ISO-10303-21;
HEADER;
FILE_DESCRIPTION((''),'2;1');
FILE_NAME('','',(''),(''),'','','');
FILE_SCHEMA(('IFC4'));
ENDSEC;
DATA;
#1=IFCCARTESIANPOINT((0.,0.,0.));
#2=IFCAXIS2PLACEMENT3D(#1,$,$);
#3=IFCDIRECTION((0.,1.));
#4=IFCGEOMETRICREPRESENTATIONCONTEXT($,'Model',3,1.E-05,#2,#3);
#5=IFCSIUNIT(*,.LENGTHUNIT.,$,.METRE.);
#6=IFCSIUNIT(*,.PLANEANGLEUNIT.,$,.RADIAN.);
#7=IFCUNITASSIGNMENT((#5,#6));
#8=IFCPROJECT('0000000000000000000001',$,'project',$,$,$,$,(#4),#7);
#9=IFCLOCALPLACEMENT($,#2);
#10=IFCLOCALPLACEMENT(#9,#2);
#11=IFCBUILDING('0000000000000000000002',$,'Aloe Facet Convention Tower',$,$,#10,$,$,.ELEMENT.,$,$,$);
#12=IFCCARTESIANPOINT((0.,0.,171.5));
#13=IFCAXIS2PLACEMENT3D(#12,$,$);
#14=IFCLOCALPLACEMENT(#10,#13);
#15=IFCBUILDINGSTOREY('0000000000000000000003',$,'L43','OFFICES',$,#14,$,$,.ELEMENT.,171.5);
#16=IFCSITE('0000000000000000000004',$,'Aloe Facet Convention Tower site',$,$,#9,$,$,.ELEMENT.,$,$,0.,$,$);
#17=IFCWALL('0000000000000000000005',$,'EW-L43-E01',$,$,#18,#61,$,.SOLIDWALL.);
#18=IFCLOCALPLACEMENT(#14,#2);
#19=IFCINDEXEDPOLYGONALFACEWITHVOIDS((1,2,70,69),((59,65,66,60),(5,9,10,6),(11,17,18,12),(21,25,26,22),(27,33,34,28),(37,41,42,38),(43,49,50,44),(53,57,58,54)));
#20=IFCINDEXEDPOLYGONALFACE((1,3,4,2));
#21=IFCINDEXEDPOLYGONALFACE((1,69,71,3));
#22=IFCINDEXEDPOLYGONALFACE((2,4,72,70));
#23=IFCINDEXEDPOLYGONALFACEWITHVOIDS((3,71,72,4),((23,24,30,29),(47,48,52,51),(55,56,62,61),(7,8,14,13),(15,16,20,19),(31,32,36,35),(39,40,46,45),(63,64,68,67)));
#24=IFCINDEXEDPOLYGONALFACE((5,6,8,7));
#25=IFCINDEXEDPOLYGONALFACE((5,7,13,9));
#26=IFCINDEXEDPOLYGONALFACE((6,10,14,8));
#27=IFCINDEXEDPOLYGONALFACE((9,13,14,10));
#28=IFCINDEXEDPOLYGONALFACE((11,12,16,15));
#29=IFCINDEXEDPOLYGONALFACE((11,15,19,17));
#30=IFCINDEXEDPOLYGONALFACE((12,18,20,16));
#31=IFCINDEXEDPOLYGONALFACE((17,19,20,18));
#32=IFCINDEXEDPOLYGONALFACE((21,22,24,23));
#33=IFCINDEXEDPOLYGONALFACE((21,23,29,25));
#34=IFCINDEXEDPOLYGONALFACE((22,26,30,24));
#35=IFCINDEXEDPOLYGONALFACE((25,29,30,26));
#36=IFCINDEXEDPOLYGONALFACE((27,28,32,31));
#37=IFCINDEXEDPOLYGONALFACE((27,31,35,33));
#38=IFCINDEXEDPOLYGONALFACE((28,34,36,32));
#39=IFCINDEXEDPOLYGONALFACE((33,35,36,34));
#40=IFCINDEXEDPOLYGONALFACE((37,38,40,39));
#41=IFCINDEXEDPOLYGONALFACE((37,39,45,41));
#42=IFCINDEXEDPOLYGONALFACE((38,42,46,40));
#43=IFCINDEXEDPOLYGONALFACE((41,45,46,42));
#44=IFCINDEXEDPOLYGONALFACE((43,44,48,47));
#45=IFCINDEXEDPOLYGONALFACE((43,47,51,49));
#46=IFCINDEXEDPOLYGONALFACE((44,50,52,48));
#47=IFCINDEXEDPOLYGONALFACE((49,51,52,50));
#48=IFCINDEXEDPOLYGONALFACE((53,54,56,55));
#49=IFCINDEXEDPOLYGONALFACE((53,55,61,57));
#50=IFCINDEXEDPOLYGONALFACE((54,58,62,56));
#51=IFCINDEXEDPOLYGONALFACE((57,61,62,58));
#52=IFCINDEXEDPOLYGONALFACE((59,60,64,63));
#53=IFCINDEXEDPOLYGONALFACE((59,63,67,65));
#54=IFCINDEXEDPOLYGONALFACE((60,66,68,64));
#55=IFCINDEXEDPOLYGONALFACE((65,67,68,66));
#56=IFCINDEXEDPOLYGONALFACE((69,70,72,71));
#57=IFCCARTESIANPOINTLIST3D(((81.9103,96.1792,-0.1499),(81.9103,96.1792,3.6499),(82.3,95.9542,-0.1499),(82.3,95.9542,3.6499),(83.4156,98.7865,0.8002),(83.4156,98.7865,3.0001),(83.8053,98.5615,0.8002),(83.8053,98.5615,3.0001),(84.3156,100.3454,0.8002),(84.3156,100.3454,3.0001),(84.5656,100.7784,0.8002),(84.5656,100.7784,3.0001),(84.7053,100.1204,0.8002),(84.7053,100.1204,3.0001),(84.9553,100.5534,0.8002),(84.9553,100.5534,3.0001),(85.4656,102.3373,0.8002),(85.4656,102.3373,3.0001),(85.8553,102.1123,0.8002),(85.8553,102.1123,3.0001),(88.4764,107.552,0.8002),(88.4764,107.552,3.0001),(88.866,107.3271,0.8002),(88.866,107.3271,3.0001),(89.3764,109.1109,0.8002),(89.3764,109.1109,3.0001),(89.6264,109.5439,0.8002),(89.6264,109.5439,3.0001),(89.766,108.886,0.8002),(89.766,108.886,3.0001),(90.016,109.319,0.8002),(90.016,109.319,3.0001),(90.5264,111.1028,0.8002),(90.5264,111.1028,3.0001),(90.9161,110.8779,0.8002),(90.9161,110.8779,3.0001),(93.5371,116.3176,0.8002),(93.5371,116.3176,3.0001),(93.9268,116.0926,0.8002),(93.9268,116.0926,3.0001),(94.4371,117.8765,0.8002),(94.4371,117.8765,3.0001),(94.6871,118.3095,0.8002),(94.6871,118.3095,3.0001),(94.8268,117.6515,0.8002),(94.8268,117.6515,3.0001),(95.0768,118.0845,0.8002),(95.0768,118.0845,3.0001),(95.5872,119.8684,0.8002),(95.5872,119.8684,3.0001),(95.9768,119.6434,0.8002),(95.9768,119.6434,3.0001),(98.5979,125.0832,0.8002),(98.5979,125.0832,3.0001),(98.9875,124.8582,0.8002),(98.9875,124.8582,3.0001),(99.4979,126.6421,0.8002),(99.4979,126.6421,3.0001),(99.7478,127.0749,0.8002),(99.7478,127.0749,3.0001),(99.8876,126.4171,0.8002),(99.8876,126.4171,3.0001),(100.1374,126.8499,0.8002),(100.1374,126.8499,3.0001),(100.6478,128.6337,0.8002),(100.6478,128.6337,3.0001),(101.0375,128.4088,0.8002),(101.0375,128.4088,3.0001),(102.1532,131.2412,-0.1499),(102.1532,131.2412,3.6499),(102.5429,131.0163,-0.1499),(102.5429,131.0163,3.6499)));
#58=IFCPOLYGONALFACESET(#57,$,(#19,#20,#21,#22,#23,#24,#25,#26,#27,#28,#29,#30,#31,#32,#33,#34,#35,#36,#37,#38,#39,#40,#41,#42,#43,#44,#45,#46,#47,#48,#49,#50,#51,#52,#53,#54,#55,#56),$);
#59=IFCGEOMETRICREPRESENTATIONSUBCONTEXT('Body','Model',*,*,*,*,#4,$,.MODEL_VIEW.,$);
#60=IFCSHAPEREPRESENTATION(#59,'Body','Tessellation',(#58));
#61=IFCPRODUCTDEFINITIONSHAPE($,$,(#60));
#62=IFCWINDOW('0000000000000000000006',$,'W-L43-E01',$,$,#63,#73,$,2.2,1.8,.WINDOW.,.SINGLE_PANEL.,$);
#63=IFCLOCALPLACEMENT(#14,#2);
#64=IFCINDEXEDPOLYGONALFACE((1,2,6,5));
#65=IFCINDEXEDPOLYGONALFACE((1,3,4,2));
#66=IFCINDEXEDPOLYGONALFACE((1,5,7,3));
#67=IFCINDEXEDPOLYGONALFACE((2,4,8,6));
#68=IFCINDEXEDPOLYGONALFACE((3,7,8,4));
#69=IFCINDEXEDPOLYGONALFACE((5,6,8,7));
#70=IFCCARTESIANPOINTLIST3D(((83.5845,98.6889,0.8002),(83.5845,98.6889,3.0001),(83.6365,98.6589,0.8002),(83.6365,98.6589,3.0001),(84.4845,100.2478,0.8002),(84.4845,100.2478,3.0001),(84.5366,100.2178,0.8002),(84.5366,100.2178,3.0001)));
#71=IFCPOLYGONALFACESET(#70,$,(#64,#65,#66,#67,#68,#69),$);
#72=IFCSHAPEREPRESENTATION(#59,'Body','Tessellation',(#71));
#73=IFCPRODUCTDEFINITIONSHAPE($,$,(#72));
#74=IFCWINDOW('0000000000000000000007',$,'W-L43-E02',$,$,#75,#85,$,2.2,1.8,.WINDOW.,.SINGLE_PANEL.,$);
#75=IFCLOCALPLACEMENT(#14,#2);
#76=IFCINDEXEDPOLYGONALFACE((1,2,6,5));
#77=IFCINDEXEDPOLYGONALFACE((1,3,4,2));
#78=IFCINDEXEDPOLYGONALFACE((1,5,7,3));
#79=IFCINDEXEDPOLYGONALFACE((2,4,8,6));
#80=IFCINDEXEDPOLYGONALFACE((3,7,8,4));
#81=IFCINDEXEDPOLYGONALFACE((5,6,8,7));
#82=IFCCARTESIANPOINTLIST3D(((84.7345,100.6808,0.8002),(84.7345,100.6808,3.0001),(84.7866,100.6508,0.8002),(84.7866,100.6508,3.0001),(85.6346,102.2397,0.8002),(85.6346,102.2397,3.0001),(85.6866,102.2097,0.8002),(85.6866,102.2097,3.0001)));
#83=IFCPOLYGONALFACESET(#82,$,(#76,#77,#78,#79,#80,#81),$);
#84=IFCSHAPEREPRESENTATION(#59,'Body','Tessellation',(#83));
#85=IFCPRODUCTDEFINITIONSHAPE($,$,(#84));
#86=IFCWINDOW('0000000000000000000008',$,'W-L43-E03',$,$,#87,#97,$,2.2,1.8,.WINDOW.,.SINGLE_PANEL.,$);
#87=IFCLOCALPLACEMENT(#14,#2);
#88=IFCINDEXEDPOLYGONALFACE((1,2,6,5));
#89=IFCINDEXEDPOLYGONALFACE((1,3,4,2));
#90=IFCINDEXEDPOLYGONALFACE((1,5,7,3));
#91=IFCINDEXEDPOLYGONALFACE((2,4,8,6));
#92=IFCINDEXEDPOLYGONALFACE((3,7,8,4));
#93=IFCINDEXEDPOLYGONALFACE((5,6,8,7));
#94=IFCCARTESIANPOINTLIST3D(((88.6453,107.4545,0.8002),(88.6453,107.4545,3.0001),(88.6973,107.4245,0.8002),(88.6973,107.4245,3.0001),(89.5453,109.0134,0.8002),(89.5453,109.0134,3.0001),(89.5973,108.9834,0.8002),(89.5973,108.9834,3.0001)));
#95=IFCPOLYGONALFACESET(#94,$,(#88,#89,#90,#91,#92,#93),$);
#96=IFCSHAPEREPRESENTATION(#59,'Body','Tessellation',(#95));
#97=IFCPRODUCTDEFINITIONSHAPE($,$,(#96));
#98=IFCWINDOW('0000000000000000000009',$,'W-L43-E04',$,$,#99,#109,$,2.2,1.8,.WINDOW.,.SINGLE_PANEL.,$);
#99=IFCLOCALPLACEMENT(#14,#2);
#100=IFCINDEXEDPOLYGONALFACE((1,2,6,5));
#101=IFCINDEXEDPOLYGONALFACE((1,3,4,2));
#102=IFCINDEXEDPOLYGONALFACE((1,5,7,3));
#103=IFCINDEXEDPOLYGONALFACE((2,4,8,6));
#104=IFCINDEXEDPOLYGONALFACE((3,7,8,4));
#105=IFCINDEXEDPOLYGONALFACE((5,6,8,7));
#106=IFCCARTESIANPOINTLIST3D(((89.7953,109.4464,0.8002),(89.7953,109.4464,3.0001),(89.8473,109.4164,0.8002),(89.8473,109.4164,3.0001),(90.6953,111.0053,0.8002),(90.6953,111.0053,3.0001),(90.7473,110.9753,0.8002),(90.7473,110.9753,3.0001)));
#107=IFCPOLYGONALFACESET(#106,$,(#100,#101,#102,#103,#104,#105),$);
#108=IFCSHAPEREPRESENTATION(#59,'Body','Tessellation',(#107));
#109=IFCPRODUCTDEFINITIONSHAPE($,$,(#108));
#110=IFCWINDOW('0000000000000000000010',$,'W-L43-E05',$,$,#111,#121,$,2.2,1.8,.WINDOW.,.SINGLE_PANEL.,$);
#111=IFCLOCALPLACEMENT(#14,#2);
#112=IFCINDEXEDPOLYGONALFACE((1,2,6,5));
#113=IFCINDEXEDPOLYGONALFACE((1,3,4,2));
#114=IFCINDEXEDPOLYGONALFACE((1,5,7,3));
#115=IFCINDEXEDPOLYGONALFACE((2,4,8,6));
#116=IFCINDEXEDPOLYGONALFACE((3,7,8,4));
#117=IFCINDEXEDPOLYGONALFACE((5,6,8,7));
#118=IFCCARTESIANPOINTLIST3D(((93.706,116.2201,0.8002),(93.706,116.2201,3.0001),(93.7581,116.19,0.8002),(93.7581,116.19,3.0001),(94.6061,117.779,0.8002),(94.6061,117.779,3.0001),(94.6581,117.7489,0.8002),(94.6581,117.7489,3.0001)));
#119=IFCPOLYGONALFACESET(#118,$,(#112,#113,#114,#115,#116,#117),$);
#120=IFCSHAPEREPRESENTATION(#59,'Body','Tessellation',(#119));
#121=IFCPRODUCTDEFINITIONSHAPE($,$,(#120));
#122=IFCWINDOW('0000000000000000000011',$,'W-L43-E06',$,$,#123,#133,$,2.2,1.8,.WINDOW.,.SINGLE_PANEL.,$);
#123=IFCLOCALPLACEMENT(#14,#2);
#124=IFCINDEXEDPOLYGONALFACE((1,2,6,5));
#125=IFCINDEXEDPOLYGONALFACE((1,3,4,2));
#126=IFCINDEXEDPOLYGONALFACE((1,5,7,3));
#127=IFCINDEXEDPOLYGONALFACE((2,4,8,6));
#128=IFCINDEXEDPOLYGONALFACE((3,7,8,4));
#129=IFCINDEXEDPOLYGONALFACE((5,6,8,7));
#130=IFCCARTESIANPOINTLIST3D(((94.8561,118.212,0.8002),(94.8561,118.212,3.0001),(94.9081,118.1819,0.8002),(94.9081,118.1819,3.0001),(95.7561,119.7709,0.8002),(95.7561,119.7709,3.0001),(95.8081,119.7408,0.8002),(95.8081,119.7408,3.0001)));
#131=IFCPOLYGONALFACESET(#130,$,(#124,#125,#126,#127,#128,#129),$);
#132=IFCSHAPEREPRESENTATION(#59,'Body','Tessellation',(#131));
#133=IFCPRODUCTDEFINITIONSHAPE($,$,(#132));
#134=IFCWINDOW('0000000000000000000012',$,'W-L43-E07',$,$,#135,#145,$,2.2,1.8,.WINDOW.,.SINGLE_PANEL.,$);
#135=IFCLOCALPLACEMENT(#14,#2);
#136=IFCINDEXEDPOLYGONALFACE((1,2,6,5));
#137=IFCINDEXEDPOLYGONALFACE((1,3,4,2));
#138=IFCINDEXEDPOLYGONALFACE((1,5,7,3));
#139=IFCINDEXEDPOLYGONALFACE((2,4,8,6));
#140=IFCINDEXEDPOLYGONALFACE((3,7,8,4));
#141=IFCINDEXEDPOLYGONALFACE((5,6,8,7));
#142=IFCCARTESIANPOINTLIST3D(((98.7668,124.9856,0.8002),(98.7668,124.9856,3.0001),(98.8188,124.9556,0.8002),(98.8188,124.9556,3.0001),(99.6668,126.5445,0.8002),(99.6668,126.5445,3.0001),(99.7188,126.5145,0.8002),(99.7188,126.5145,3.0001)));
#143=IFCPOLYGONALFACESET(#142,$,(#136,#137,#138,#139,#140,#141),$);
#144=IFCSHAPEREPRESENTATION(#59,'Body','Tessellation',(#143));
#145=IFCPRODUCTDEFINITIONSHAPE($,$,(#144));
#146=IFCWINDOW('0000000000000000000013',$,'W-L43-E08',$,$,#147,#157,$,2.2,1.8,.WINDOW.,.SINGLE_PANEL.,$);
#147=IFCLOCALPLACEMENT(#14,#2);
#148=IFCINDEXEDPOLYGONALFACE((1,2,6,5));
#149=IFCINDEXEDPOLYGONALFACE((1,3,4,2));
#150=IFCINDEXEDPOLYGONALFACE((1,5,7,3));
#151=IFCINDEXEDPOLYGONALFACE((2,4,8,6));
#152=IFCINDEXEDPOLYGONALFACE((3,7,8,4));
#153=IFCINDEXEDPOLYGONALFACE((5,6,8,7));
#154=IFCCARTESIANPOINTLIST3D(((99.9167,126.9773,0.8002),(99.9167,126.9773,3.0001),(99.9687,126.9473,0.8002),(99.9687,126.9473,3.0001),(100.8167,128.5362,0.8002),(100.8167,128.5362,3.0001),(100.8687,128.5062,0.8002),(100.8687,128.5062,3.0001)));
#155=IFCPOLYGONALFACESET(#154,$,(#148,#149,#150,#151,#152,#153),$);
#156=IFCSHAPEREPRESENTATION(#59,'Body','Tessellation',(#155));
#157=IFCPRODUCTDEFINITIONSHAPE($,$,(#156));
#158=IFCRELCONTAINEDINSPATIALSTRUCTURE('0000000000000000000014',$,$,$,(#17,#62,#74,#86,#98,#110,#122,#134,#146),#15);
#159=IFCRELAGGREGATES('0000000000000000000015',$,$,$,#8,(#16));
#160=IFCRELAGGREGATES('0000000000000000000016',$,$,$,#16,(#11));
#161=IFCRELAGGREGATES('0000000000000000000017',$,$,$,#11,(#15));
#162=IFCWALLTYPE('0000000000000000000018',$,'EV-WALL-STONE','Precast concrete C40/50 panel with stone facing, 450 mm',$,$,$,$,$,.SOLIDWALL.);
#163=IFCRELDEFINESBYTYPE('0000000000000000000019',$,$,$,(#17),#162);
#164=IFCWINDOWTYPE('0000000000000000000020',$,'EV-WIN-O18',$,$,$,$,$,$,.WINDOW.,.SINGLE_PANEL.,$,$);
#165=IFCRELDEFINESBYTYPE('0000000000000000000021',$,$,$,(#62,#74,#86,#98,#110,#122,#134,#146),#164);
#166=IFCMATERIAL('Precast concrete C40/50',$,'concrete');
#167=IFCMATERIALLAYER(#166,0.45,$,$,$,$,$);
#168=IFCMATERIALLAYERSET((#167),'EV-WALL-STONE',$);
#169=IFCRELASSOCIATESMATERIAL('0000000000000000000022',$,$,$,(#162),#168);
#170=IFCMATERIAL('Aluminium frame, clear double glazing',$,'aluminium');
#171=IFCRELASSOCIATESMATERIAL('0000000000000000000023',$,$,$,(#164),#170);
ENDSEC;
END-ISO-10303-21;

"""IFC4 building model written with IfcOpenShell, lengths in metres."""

from ifc_helpers import new_model, si_unit, direction, frame, frame_2d, origin, place, context, subcontext, project, spatial, polyline, rectangle, outline, extrude, material, layer, layer_set, type_object, element, fill, save


model = new_model("IFC4")

# Units and contexts
model_context = context("Model", 3, precision=1e-05, world=origin(), true_north=direction((0.0, 1.0)))
body_context = subcontext(model_context, "Body", "Model", "MODEL_VIEW")
ifc_project = project(units=[si_unit("LENGTHUNIT", "METRE"), si_unit("PLANEANGLEUNIT", "RADIAN")], contexts=[model_context])

# Site, building, storey
site_placement = place(None, origin())
site = spatial("IfcSite", under=ifc_project, at=site_placement, Name="Aloe Facet Convention Tower site", CompositionType="ELEMENT", RefElevation=0.0)
building_placement = place(site_placement, origin())
building = spatial("IfcBuilding", under=site, at=building_placement, Name="Aloe Facet Convention Tower", CompositionType="ELEMENT")
storey_placement = place(building_placement, frame((0.0, 0.0, 171.5)))
storey = spatial("IfcBuildingStorey", under=building, at=storey_placement, Name="L43", Description="OFFICES", CompositionType="ELEMENT", Elevation=171.5)

# Wall, openings, windows
ifc_material_1 = material(Name="Precast concrete C40/50", Category="concrete")
ifc_layer_1 = layer(ifc_material_1, 0.45)
ifc_layer_set_1 = layer_set([ifc_layer_1], Name="EV-WALL-STONE")
wall_type_1 = type_object("IfcWallType", Name="EV-WALL-STONE", Description="Precast concrete C40/50 panel with stone facing, 450 mm", PredefinedType="SOLIDWALL", material=ifc_layer_set_1)
wall_1_placement = place(storey_placement, frame((82.1052, 96.0667, -0.1499), z_axis=(0.0, 0.0, 1.0), x_axis=(0.499997, 0.866027, 0.0)))
wall_1 = element("IfcWall", 1, at=wall_1_placement, inside=storey, type_object=wall_type_1, Name="EW-L43-E01", PredefinedType="SOLIDWALL", context=body_context, shape_type="SweptSolid", body=[
    extrude(outline(polyline([(40.4861, 0.0), (40.4861, 3.7998), (0.0, 3.7998), (0.0, 0.0), (40.4861, 0.0)])), frame((0.0, 0.2251, 0.0), z_axis=(0.0, -1.0, 0.0), x_axis=(1.0, 0.0, 0.0)), (0.0, 0.0, 1.0), 0.45),
])
opening_1_placement = place(wall_1_placement, frame((3.0107, 0.0, 0.95)))
opening_1 = element("IfcOpeningElement", 2, at=opening_1_placement, cuts=wall_1, PredefinedType="OPENING", context=body_context, shape_type="SweptSolid", body=[
    extrude(rectangle(XDim=1.8, YDim=2.2, at=frame_2d((0.8999, 1.1001))), frame((0.0, 0.2349, 0.0), z_axis=(0.0, -1.0, 0.0), x_axis=(1.0, 0.0, 0.0)), (0.0, 0.0, 1.0), 0.47),
])
opening_2_placement = place(wall_1_placement, frame((5.3108, 0.0, 0.95)))
opening_2 = element("IfcOpeningElement", 3, at=opening_2_placement, cuts=wall_1, PredefinedType="OPENING", context=body_context, shape_type="SweptSolid", body=[
    extrude(rectangle(XDim=1.8, YDim=2.2, at=frame_2d((0.8999, 1.1001))), frame((0.0, 0.2349, 0.0), z_axis=(0.0, -1.0, 0.0), x_axis=(1.0, 0.0, 0.0)), (0.0, 0.0, 1.0), 0.47),
])
opening_3_placement = place(wall_1_placement, frame((13.1323, 0.0, 0.95)))
opening_3 = element("IfcOpeningElement", 4, at=opening_3_placement, cuts=wall_1, PredefinedType="OPENING", context=body_context, shape_type="SweptSolid", body=[
    extrude(rectangle(XDim=1.8, YDim=2.2, at=frame_2d((0.8999, 1.1001))), frame((0.0, 0.2349, 0.0), z_axis=(0.0, -1.0, 0.0), x_axis=(1.0, 0.0, 0.0)), (0.0, 0.0, 1.0), 0.47),
])
opening_4_placement = place(wall_1_placement, frame((15.4324, 0.0, 0.95)))
opening_4 = element("IfcOpeningElement", 5, at=opening_4_placement, cuts=wall_1, PredefinedType="OPENING", context=body_context, shape_type="SweptSolid", body=[
    extrude(rectangle(XDim=1.8, YDim=2.2, at=frame_2d((0.8999, 1.1001))), frame((0.0, 0.2349, 0.0), z_axis=(0.0, -1.0, 0.0), x_axis=(1.0, 0.0, 0.0)), (0.0, 0.0, 1.0), 0.47),
])
opening_5_placement = place(wall_1_placement, frame((23.2539, 0.0, 0.95)))
opening_5 = element("IfcOpeningElement", 6, at=opening_5_placement, cuts=wall_1, PredefinedType="OPENING", context=body_context, shape_type="SweptSolid", body=[
    extrude(rectangle(XDim=1.8, YDim=2.2, at=frame_2d((0.8999, 1.1001))), frame((0.0, 0.2349, 0.0), z_axis=(0.0, -1.0, 0.0), x_axis=(1.0, 0.0, 0.0)), (0.0, 0.0, 1.0), 0.47),
])
opening_6_placement = place(wall_1_placement, frame((25.554, 0.0, 0.95)))
opening_6 = element("IfcOpeningElement", 7, at=opening_6_placement, cuts=wall_1, PredefinedType="OPENING", context=body_context, shape_type="SweptSolid", body=[
    extrude(rectangle(XDim=1.8, YDim=2.2, at=frame_2d((0.8999, 1.1001))), frame((0.0, 0.2349, 0.0), z_axis=(0.0, -1.0, 0.0), x_axis=(1.0, 0.0, 0.0)), (0.0, 0.0, 1.0), 0.47),
])
opening_7_placement = place(wall_1_placement, frame((33.3755, 0.0, 0.95)))
opening_7 = element("IfcOpeningElement", 8, at=opening_7_placement, cuts=wall_1, PredefinedType="OPENING", context=body_context, shape_type="SweptSolid", body=[
    extrude(rectangle(XDim=1.8, YDim=2.2, at=frame_2d((0.8999, 1.1001))), frame((0.0, 0.2349, 0.0), z_axis=(0.0, -1.0, 0.0), x_axis=(1.0, 0.0, 0.0)), (0.0, 0.0, 1.0), 0.47),
])
opening_8_placement = place(wall_1_placement, frame((35.6753, 0.0, 0.95)))
opening_8 = element("IfcOpeningElement", 9, at=opening_8_placement, cuts=wall_1, PredefinedType="OPENING", context=body_context, shape_type="SweptSolid", body=[
    extrude(rectangle(XDim=1.8, YDim=2.2, at=frame_2d((0.8999, 1.1001))), frame((0.0, 0.2349, 0.0), z_axis=(0.0, -1.0, 0.0), x_axis=(1.0, 0.0, 0.0)), (0.0, 0.0, 1.0), 0.47),
])
ifc_material_2 = material(Name="Aluminium frame, clear double glazing", Category="aluminium")
window_type = type_object("IfcWindowType", Name="EV-WIN-O18", PartitioningType="SINGLE_PANEL", PredefinedType="WINDOW", material=ifc_material_2)
window_1_placement = place(opening_1_placement, origin())
window_1 = element("IfcWindow", 10, at=window_1_placement, inside=storey, type_object=window_type, Name="W-L43-E01", OverallHeight=2.2, OverallWidth=1.8, PartitioningType="SINGLE_PANEL", PredefinedType="WINDOW", context=body_context, shape_type="SweptSolid", body=[
    extrude(rectangle(XDim=1.8, YDim=2.2, at=frame_2d((0.8999, 1.1001))), frame((0.0, 0.03, 0.0), z_axis=(0.0, -1.0, 0.0), x_axis=(1.0, 0.0, 0.0)), (0.0, 0.0, 1.0), 0.0601),
])
fill(opening_1, window_1)
window_2_placement = place(opening_2_placement, origin())
window_2 = element("IfcWindow", 11, at=window_2_placement, inside=storey, type_object=window_type, Name="W-L43-E02", OverallHeight=2.2, OverallWidth=1.8, PartitioningType="SINGLE_PANEL", PredefinedType="WINDOW", context=body_context, shape_type="SweptSolid", body=[
    extrude(rectangle(XDim=1.8, YDim=2.2, at=frame_2d((0.8999, 1.1001))), frame((0.0, 0.03, 0.0), z_axis=(0.0, -1.0, 0.0), x_axis=(1.0, 0.0, 0.0)), (0.0, 0.0, 1.0), 0.0601),
])
fill(opening_2, window_2)
window_3_placement = place(opening_3_placement, origin())
window_3 = element("IfcWindow", 12, at=window_3_placement, inside=storey, type_object=window_type, Name="W-L43-E03", OverallHeight=2.2, OverallWidth=1.8, PartitioningType="SINGLE_PANEL", PredefinedType="WINDOW", context=body_context, shape_type="SweptSolid", body=[
    extrude(rectangle(XDim=1.8, YDim=2.2, at=frame_2d((0.8999, 1.1001))), frame((0.0, 0.03, 0.0), z_axis=(0.0, -1.0, 0.0), x_axis=(1.0, 0.0, 0.0)), (0.0, 0.0, 1.0), 0.0601),
])
fill(opening_3, window_3)
window_4_placement = place(opening_4_placement, origin())
window_4 = element("IfcWindow", 13, at=window_4_placement, inside=storey, type_object=window_type, Name="W-L43-E04", OverallHeight=2.2, OverallWidth=1.8, PartitioningType="SINGLE_PANEL", PredefinedType="WINDOW", context=body_context, shape_type="SweptSolid", body=[
    extrude(rectangle(XDim=1.8, YDim=2.2, at=frame_2d((0.8999, 1.1001))), frame((0.0, 0.03, 0.0), z_axis=(0.0, -1.0, 0.0), x_axis=(1.0, 0.0, 0.0)), (0.0, 0.0, 1.0), 0.0601),
])
fill(opening_4, window_4)
window_5_placement = place(opening_5_placement, origin())
window_5 = element("IfcWindow", 14, at=window_5_placement, inside=storey, type_object=window_type, Name="W-L43-E05", OverallHeight=2.2, OverallWidth=1.8, PartitioningType="SINGLE_PANEL", PredefinedType="WINDOW", context=body_context, shape_type="SweptSolid", body=[
    extrude(rectangle(XDim=1.8, YDim=2.2, at=frame_2d((0.8999, 1.1001))), frame((0.0, 0.03, 0.0), z_axis=(0.0, -1.0, 0.0), x_axis=(1.0, 0.0, 0.0)), (0.0, 0.0, 1.0), 0.0601),
])
fill(opening_5, window_5)
window_6_placement = place(opening_6_placement, origin())
window_6 = element("IfcWindow", 15, at=window_6_placement, inside=storey, type_object=window_type, Name="W-L43-E06", OverallHeight=2.2, OverallWidth=1.8, PartitioningType="SINGLE_PANEL", PredefinedType="WINDOW", context=body_context, shape_type="SweptSolid", body=[
    extrude(rectangle(XDim=1.8, YDim=2.2, at=frame_2d((0.8999, 1.1001))), frame((0.0, 0.03, 0.0), z_axis=(0.0, -1.0, 0.0), x_axis=(1.0, 0.0, 0.0)), (0.0, 0.0, 1.0), 0.0601),
])
fill(opening_6, window_6)
window_7_placement = place(opening_7_placement, origin())
window_7 = element("IfcWindow", 16, at=window_7_placement, inside=storey, type_object=window_type, Name="W-L43-E07", OverallHeight=2.2, OverallWidth=1.8, PartitioningType="SINGLE_PANEL", PredefinedType="WINDOW", context=body_context, shape_type="SweptSolid", body=[
    extrude(rectangle(XDim=1.8, YDim=2.2, at=frame_2d((0.8999, 1.1001))), frame((0.0, 0.03, 0.0), z_axis=(0.0, -1.0, 0.0), x_axis=(1.0, 0.0, 0.0)), (0.0, 0.0, 1.0), 0.0601),
])
fill(opening_7, window_7)
window_8_placement = place(opening_8_placement, origin())
window_8 = element("IfcWindow", 17, at=window_8_placement, inside=storey, type_object=window_type, Name="W-L43-E08", OverallHeight=2.2, OverallWidth=1.8, PartitioningType="SINGLE_PANEL", PredefinedType="WINDOW", context=body_context, shape_type="SweptSolid", body=[
    extrude(rectangle(XDim=1.8, YDim=2.2, at=frame_2d((0.8999, 1.1001))), frame((0.0, 0.03, 0.0), z_axis=(0.0, -1.0, 0.0), x_axis=(1.0, 0.0, 0.0)), (0.0, 0.0, 1.0), 0.0601),
])
fill(opening_8, window_8)

save(model, "model.ifc")
